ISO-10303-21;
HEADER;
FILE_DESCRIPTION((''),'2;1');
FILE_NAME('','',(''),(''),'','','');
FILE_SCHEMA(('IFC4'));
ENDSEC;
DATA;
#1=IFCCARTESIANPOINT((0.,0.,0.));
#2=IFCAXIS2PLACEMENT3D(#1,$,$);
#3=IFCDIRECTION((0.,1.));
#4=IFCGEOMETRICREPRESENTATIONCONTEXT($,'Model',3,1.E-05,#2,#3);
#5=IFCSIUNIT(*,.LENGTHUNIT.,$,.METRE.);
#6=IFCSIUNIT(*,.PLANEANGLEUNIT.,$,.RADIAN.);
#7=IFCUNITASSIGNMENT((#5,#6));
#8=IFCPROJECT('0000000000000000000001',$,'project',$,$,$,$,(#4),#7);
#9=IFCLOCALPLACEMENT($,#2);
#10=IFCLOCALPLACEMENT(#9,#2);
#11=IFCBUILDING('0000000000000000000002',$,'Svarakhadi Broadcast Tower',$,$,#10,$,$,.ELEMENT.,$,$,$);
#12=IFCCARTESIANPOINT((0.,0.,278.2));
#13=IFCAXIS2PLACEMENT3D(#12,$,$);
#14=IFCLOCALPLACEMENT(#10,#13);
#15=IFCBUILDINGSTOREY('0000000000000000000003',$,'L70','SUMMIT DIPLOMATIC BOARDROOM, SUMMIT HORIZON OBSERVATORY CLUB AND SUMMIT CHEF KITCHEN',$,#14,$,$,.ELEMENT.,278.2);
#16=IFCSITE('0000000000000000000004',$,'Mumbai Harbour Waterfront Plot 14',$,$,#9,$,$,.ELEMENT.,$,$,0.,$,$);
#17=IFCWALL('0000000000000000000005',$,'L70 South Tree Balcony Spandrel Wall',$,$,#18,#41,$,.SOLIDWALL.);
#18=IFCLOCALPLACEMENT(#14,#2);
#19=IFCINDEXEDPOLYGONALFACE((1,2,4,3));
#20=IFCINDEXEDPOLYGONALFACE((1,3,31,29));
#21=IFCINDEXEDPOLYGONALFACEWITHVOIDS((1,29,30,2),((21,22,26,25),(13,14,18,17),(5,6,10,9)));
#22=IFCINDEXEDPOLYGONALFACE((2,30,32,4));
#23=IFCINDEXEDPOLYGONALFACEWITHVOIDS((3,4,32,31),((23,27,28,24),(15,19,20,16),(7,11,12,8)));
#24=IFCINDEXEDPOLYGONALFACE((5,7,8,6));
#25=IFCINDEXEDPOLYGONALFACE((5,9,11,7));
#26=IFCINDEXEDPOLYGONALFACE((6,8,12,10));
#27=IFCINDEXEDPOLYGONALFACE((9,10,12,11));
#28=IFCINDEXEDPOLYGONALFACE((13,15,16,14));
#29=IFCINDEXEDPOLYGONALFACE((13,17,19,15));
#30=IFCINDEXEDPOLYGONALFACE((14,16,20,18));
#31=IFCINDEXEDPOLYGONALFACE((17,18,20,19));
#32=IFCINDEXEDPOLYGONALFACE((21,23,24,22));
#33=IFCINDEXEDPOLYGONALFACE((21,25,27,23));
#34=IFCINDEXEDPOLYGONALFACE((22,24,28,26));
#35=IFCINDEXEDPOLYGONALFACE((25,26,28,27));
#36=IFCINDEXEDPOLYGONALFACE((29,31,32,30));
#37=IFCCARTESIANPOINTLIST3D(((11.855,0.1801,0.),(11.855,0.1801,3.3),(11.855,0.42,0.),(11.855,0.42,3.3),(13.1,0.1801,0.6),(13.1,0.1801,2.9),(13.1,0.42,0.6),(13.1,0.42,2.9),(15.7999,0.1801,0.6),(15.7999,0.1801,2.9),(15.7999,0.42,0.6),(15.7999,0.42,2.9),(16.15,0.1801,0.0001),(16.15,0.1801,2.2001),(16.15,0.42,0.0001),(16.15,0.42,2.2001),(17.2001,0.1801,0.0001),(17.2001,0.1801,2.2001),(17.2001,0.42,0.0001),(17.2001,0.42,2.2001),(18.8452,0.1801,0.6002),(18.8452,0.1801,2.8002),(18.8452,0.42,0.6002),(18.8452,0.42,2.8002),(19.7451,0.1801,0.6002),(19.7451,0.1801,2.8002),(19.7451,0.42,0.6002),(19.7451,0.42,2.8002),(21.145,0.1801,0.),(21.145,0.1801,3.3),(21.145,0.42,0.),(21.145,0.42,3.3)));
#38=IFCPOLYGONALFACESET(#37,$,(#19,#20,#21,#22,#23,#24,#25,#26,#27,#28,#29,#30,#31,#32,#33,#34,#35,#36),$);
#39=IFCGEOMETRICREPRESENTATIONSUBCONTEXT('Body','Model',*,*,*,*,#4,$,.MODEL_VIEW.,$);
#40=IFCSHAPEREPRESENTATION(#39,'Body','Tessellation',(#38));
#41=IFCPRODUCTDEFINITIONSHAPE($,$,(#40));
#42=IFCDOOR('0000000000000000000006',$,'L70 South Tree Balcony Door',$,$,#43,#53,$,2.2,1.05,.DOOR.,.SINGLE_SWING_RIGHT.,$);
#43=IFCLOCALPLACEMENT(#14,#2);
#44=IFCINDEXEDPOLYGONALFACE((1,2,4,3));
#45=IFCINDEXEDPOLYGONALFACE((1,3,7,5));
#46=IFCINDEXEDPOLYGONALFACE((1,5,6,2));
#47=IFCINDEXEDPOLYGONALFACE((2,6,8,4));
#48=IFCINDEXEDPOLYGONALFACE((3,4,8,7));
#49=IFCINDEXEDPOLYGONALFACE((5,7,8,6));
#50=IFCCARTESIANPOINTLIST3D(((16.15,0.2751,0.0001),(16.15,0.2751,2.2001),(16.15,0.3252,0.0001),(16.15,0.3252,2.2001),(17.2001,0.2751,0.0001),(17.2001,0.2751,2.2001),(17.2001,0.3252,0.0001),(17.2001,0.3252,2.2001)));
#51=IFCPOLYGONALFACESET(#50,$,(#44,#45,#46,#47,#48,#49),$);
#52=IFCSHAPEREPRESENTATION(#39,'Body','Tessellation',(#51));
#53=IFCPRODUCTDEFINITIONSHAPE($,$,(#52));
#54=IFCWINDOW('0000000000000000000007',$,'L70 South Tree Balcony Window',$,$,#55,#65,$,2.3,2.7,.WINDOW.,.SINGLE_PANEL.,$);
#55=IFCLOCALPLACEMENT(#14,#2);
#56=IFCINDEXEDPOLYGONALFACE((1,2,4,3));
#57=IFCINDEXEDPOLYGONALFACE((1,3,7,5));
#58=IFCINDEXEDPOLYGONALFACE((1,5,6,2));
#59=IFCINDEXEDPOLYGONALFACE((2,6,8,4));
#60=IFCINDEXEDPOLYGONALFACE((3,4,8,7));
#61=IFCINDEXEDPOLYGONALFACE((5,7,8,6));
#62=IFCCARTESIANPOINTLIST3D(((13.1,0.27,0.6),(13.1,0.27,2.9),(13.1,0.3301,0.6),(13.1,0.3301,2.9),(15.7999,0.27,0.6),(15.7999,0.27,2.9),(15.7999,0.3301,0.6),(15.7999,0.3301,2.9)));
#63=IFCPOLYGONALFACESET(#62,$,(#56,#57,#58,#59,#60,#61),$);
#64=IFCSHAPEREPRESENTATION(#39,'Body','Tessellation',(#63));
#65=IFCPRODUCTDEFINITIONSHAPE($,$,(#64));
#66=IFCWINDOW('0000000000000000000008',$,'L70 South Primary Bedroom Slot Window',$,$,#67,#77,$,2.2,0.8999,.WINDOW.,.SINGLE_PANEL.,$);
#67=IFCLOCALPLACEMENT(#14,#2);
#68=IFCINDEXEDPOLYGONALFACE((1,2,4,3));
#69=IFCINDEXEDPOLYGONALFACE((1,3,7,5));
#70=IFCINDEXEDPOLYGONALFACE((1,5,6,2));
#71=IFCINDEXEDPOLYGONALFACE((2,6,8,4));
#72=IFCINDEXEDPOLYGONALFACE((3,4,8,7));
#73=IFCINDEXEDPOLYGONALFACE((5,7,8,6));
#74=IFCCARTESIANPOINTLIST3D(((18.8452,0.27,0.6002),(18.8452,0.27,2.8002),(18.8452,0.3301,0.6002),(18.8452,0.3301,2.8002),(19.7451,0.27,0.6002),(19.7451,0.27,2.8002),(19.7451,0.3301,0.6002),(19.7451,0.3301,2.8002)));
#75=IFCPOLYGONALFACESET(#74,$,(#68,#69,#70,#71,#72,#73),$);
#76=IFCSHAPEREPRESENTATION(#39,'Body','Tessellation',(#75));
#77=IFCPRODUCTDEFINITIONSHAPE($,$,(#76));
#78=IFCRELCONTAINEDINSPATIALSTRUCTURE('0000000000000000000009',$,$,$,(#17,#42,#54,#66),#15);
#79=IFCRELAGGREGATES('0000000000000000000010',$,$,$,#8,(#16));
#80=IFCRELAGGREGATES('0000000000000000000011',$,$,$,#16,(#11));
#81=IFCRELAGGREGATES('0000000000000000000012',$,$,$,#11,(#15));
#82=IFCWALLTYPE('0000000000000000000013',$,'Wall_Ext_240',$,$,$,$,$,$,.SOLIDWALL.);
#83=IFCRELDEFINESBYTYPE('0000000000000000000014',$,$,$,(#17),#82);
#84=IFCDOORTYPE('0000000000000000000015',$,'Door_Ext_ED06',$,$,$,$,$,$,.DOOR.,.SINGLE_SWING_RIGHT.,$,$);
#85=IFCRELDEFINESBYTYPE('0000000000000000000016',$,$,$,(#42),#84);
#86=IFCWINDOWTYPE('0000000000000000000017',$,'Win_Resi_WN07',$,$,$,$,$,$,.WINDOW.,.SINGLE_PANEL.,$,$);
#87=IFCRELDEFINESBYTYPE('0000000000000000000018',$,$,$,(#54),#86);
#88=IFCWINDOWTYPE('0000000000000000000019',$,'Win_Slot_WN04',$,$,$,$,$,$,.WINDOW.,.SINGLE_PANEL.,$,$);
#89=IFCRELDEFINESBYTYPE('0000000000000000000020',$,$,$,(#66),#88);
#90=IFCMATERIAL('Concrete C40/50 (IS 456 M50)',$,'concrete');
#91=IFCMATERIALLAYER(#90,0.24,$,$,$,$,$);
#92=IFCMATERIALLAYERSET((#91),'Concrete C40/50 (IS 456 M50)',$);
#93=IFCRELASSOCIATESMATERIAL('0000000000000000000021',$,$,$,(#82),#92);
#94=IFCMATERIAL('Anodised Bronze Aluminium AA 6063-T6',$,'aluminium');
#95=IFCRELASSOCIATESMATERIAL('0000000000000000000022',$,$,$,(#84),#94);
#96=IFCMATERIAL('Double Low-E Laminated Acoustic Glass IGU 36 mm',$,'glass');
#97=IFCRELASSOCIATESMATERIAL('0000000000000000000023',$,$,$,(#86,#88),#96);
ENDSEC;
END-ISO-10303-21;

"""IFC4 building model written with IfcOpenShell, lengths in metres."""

from ifc_helpers import new_model, si_unit, direction, frame, frame_2d, origin, place, context, subcontext, project, spatial, rectangle, extrude, material, layer, layer_set, type_object, element, fill, save


model = new_model("IFC4")

# Units and contexts
model_context = context("Model", 3, precision=1e-05, world=origin(), true_north=direction((0.0, 1.0)))
body_context = subcontext(model_context, "Body", "Model", "MODEL_VIEW")
ifc_project = project(units=[si_unit("LENGTHUNIT", "METRE"), si_unit("PLANEANGLEUNIT", "RADIAN")], contexts=[model_context])

# Site, building, storey
site_placement = place(None, origin())
site = spatial("IfcSite", under=ifc_project, at=site_placement, Name="Mumbai Harbour Waterfront Plot 14", CompositionType="ELEMENT", RefElevation=0.0)
building_placement = place(site_placement, origin())
building = spatial("IfcBuilding", under=site, at=building_placement, Name="Svarakhadi Broadcast Tower", CompositionType="ELEMENT")
storey_placement = place(building_placement, frame((0.0, 0.0, 278.2)))
storey = spatial("IfcBuildingStorey", under=building, at=storey_placement, Name="L70", Description="SUMMIT DIPLOMATIC BOARDROOM, SUMMIT HORIZON OBSERVATORY CLUB AND SUMMIT CHEF KITCHEN", CompositionType="ELEMENT", Elevation=278.2)

# Shared definitions
ifc_material_1 = material(Name="Anodised Bronze Aluminium AA 6063-T6", Category="aluminium")

# Shared definitions
ifc_material_2 = material(Name="Double Low-E Laminated Acoustic Glass IGU 36 mm", Category="glass")

# Wall, openings, door, windows
ifc_material_3 = material(Name="Concrete C40/50 (IS 456 M50)", Category="concrete")
ifc_layer_1 = layer(ifc_material_3, 0.24)
ifc_layer_set_1 = layer_set([ifc_layer_1], Name="Concrete C40/50 (IS 456 M50)")
wall_type = type_object("IfcWallType", Name="Wall_Ext_240", PredefinedType="SOLIDWALL", material=ifc_layer_set_1)
wall_placement = place(storey_placement, frame((21.145, 0.3, 0.0), z_axis=(0.0, 0.0, 1.0), x_axis=(-1.0, 0.0, 0.0)))
wall = element("IfcWall", 1, at=wall_placement, inside=storey, type_object=wall_type, Name="L70 South Tree Balcony Spandrel Wall", PredefinedType="SOLIDWALL", context=body_context, shape_type="SweptSolid", body=[
    extrude(rectangle(XDim=9.29, YDim=0.24, at=frame_2d((4.645, 0.0))), origin(), (0.0, 0.0, 1.0), 3.3),
])
opening_1_placement = place(wall_placement, frame((3.9451, 0.0, 0.0)))
opening_1 = element("IfcOpeningElement", 2, at=opening_1_placement, cuts=wall, PredefinedType="OPENING", context=body_context, shape_type="SweptSolid", body=[
    extrude(rectangle(XDim=1.05, YDim=2.2, at=frame_2d((0.5249, 1.1001))), frame((0.0, 0.1299, 0.0), z_axis=(0.0, -1.0, 0.0), x_axis=(1.0, 0.0, 0.0)), (0.0, 0.0, 1.0), 0.26),
])
opening_2_placement = place(wall_placement, frame((5.345, 0.0, 0.6001)))
opening_2 = element("IfcOpeningElement", 3, at=opening_2_placement, cuts=wall, PredefinedType="OPENING", context=body_context, shape_type="SweptSolid", body=[
    extrude(rectangle(XDim=2.7, YDim=2.3, at=frame_2d((1.3501, 1.1499))), frame((0.0, 0.1299, 0.0), z_axis=(0.0, -1.0, 0.0), x_axis=(1.0, 0.0, 0.0)), (0.0, 0.0, 1.0), 0.26),
])
opening_3_placement = place(wall_placement, frame((1.3999, 0.0, 0.6001)))
opening_3 = element("IfcOpeningElement", 4, at=opening_3_placement, cuts=wall, PredefinedType="OPENING", context=body_context, shape_type="SweptSolid", body=[
    extrude(rectangle(XDim=0.8999, YDim=2.2, at=frame_2d((0.45, 1.1001))), frame((0.0, 0.1299, 0.0), z_axis=(0.0, -1.0, 0.0), x_axis=(1.0, 0.0, 0.0)), (0.0, 0.0, 1.0), 0.26),
])
door_type = type_object("IfcDoorType", Name="Door_Ext_ED06", OperationType="SINGLE_SWING_RIGHT", PredefinedType="DOOR", material=ifc_material_1)
door_placement = place(opening_1_placement, origin())
door = element("IfcDoor", 5, at=door_placement, inside=storey, type_object=door_type, Name="L70 South Tree Balcony Door", OperationType="SINGLE_SWING_RIGHT", OverallHeight=2.2, OverallWidth=1.05, PredefinedType="DOOR", context=body_context, shape_type="SweptSolid", body=[
    extrude(rectangle(XDim=1.05, YDim=2.2, at=frame_2d((0.5249, 1.1001))), frame((0.0, 0.0249, 0.0), z_axis=(0.0, -1.0, 0.0), x_axis=(1.0, 0.0, 0.0)), (0.0, 0.0, 1.0), 0.05),
])
fill(opening_1, door)
window_type_1 = type_object("IfcWindowType", Name="Win_Resi_WN07", PartitioningType="SINGLE_PANEL", PredefinedType="WINDOW", material=ifc_material_2)
window_1_placement = place(opening_2_placement, origin())
window_1 = element("IfcWindow", 6, at=window_1_placement, inside=storey, type_object=window_type_1, Name="L70 South Tree Balcony Window", OverallHeight=2.3, OverallWidth=2.7, PartitioningType="SINGLE_PANEL", PredefinedType="WINDOW", context=body_context, shape_type="SweptSolid", body=[
    extrude(rectangle(XDim=2.7, YDim=2.3, at=frame_2d((1.3501, 1.1499))), frame((0.0, 0.03, 0.0), z_axis=(0.0, -1.0, 0.0), x_axis=(1.0, 0.0, 0.0)), (0.0, 0.0, 1.0), 0.0601),
])
fill(opening_2, window_1)
window_type_2 = type_object("IfcWindowType", Name="Win_Slot_WN04", PartitioningType="SINGLE_PANEL", PredefinedType="WINDOW", material=ifc_material_2)
window_2_placement = place(opening_3_placement, origin())
window_2 = element("IfcWindow", 7, at=window_2_placement, inside=storey, type_object=window_type_2, Name="L70 South Primary Bedroom Slot Window", OverallHeight=2.2, OverallWidth=0.8999, PartitioningType="SINGLE_PANEL", PredefinedType="WINDOW", context=body_context, shape_type="SweptSolid", body=[
    extrude(rectangle(XDim=0.8999, YDim=2.2, at=frame_2d((0.45, 1.1001))), frame((0.0, 0.03, 0.0), z_axis=(0.0, -1.0, 0.0), x_axis=(1.0, 0.0, 0.0)), (0.0, 0.0, 1.0), 0.0601),
])
fill(opening_3, window_2)

save(model, "model.ifc")
